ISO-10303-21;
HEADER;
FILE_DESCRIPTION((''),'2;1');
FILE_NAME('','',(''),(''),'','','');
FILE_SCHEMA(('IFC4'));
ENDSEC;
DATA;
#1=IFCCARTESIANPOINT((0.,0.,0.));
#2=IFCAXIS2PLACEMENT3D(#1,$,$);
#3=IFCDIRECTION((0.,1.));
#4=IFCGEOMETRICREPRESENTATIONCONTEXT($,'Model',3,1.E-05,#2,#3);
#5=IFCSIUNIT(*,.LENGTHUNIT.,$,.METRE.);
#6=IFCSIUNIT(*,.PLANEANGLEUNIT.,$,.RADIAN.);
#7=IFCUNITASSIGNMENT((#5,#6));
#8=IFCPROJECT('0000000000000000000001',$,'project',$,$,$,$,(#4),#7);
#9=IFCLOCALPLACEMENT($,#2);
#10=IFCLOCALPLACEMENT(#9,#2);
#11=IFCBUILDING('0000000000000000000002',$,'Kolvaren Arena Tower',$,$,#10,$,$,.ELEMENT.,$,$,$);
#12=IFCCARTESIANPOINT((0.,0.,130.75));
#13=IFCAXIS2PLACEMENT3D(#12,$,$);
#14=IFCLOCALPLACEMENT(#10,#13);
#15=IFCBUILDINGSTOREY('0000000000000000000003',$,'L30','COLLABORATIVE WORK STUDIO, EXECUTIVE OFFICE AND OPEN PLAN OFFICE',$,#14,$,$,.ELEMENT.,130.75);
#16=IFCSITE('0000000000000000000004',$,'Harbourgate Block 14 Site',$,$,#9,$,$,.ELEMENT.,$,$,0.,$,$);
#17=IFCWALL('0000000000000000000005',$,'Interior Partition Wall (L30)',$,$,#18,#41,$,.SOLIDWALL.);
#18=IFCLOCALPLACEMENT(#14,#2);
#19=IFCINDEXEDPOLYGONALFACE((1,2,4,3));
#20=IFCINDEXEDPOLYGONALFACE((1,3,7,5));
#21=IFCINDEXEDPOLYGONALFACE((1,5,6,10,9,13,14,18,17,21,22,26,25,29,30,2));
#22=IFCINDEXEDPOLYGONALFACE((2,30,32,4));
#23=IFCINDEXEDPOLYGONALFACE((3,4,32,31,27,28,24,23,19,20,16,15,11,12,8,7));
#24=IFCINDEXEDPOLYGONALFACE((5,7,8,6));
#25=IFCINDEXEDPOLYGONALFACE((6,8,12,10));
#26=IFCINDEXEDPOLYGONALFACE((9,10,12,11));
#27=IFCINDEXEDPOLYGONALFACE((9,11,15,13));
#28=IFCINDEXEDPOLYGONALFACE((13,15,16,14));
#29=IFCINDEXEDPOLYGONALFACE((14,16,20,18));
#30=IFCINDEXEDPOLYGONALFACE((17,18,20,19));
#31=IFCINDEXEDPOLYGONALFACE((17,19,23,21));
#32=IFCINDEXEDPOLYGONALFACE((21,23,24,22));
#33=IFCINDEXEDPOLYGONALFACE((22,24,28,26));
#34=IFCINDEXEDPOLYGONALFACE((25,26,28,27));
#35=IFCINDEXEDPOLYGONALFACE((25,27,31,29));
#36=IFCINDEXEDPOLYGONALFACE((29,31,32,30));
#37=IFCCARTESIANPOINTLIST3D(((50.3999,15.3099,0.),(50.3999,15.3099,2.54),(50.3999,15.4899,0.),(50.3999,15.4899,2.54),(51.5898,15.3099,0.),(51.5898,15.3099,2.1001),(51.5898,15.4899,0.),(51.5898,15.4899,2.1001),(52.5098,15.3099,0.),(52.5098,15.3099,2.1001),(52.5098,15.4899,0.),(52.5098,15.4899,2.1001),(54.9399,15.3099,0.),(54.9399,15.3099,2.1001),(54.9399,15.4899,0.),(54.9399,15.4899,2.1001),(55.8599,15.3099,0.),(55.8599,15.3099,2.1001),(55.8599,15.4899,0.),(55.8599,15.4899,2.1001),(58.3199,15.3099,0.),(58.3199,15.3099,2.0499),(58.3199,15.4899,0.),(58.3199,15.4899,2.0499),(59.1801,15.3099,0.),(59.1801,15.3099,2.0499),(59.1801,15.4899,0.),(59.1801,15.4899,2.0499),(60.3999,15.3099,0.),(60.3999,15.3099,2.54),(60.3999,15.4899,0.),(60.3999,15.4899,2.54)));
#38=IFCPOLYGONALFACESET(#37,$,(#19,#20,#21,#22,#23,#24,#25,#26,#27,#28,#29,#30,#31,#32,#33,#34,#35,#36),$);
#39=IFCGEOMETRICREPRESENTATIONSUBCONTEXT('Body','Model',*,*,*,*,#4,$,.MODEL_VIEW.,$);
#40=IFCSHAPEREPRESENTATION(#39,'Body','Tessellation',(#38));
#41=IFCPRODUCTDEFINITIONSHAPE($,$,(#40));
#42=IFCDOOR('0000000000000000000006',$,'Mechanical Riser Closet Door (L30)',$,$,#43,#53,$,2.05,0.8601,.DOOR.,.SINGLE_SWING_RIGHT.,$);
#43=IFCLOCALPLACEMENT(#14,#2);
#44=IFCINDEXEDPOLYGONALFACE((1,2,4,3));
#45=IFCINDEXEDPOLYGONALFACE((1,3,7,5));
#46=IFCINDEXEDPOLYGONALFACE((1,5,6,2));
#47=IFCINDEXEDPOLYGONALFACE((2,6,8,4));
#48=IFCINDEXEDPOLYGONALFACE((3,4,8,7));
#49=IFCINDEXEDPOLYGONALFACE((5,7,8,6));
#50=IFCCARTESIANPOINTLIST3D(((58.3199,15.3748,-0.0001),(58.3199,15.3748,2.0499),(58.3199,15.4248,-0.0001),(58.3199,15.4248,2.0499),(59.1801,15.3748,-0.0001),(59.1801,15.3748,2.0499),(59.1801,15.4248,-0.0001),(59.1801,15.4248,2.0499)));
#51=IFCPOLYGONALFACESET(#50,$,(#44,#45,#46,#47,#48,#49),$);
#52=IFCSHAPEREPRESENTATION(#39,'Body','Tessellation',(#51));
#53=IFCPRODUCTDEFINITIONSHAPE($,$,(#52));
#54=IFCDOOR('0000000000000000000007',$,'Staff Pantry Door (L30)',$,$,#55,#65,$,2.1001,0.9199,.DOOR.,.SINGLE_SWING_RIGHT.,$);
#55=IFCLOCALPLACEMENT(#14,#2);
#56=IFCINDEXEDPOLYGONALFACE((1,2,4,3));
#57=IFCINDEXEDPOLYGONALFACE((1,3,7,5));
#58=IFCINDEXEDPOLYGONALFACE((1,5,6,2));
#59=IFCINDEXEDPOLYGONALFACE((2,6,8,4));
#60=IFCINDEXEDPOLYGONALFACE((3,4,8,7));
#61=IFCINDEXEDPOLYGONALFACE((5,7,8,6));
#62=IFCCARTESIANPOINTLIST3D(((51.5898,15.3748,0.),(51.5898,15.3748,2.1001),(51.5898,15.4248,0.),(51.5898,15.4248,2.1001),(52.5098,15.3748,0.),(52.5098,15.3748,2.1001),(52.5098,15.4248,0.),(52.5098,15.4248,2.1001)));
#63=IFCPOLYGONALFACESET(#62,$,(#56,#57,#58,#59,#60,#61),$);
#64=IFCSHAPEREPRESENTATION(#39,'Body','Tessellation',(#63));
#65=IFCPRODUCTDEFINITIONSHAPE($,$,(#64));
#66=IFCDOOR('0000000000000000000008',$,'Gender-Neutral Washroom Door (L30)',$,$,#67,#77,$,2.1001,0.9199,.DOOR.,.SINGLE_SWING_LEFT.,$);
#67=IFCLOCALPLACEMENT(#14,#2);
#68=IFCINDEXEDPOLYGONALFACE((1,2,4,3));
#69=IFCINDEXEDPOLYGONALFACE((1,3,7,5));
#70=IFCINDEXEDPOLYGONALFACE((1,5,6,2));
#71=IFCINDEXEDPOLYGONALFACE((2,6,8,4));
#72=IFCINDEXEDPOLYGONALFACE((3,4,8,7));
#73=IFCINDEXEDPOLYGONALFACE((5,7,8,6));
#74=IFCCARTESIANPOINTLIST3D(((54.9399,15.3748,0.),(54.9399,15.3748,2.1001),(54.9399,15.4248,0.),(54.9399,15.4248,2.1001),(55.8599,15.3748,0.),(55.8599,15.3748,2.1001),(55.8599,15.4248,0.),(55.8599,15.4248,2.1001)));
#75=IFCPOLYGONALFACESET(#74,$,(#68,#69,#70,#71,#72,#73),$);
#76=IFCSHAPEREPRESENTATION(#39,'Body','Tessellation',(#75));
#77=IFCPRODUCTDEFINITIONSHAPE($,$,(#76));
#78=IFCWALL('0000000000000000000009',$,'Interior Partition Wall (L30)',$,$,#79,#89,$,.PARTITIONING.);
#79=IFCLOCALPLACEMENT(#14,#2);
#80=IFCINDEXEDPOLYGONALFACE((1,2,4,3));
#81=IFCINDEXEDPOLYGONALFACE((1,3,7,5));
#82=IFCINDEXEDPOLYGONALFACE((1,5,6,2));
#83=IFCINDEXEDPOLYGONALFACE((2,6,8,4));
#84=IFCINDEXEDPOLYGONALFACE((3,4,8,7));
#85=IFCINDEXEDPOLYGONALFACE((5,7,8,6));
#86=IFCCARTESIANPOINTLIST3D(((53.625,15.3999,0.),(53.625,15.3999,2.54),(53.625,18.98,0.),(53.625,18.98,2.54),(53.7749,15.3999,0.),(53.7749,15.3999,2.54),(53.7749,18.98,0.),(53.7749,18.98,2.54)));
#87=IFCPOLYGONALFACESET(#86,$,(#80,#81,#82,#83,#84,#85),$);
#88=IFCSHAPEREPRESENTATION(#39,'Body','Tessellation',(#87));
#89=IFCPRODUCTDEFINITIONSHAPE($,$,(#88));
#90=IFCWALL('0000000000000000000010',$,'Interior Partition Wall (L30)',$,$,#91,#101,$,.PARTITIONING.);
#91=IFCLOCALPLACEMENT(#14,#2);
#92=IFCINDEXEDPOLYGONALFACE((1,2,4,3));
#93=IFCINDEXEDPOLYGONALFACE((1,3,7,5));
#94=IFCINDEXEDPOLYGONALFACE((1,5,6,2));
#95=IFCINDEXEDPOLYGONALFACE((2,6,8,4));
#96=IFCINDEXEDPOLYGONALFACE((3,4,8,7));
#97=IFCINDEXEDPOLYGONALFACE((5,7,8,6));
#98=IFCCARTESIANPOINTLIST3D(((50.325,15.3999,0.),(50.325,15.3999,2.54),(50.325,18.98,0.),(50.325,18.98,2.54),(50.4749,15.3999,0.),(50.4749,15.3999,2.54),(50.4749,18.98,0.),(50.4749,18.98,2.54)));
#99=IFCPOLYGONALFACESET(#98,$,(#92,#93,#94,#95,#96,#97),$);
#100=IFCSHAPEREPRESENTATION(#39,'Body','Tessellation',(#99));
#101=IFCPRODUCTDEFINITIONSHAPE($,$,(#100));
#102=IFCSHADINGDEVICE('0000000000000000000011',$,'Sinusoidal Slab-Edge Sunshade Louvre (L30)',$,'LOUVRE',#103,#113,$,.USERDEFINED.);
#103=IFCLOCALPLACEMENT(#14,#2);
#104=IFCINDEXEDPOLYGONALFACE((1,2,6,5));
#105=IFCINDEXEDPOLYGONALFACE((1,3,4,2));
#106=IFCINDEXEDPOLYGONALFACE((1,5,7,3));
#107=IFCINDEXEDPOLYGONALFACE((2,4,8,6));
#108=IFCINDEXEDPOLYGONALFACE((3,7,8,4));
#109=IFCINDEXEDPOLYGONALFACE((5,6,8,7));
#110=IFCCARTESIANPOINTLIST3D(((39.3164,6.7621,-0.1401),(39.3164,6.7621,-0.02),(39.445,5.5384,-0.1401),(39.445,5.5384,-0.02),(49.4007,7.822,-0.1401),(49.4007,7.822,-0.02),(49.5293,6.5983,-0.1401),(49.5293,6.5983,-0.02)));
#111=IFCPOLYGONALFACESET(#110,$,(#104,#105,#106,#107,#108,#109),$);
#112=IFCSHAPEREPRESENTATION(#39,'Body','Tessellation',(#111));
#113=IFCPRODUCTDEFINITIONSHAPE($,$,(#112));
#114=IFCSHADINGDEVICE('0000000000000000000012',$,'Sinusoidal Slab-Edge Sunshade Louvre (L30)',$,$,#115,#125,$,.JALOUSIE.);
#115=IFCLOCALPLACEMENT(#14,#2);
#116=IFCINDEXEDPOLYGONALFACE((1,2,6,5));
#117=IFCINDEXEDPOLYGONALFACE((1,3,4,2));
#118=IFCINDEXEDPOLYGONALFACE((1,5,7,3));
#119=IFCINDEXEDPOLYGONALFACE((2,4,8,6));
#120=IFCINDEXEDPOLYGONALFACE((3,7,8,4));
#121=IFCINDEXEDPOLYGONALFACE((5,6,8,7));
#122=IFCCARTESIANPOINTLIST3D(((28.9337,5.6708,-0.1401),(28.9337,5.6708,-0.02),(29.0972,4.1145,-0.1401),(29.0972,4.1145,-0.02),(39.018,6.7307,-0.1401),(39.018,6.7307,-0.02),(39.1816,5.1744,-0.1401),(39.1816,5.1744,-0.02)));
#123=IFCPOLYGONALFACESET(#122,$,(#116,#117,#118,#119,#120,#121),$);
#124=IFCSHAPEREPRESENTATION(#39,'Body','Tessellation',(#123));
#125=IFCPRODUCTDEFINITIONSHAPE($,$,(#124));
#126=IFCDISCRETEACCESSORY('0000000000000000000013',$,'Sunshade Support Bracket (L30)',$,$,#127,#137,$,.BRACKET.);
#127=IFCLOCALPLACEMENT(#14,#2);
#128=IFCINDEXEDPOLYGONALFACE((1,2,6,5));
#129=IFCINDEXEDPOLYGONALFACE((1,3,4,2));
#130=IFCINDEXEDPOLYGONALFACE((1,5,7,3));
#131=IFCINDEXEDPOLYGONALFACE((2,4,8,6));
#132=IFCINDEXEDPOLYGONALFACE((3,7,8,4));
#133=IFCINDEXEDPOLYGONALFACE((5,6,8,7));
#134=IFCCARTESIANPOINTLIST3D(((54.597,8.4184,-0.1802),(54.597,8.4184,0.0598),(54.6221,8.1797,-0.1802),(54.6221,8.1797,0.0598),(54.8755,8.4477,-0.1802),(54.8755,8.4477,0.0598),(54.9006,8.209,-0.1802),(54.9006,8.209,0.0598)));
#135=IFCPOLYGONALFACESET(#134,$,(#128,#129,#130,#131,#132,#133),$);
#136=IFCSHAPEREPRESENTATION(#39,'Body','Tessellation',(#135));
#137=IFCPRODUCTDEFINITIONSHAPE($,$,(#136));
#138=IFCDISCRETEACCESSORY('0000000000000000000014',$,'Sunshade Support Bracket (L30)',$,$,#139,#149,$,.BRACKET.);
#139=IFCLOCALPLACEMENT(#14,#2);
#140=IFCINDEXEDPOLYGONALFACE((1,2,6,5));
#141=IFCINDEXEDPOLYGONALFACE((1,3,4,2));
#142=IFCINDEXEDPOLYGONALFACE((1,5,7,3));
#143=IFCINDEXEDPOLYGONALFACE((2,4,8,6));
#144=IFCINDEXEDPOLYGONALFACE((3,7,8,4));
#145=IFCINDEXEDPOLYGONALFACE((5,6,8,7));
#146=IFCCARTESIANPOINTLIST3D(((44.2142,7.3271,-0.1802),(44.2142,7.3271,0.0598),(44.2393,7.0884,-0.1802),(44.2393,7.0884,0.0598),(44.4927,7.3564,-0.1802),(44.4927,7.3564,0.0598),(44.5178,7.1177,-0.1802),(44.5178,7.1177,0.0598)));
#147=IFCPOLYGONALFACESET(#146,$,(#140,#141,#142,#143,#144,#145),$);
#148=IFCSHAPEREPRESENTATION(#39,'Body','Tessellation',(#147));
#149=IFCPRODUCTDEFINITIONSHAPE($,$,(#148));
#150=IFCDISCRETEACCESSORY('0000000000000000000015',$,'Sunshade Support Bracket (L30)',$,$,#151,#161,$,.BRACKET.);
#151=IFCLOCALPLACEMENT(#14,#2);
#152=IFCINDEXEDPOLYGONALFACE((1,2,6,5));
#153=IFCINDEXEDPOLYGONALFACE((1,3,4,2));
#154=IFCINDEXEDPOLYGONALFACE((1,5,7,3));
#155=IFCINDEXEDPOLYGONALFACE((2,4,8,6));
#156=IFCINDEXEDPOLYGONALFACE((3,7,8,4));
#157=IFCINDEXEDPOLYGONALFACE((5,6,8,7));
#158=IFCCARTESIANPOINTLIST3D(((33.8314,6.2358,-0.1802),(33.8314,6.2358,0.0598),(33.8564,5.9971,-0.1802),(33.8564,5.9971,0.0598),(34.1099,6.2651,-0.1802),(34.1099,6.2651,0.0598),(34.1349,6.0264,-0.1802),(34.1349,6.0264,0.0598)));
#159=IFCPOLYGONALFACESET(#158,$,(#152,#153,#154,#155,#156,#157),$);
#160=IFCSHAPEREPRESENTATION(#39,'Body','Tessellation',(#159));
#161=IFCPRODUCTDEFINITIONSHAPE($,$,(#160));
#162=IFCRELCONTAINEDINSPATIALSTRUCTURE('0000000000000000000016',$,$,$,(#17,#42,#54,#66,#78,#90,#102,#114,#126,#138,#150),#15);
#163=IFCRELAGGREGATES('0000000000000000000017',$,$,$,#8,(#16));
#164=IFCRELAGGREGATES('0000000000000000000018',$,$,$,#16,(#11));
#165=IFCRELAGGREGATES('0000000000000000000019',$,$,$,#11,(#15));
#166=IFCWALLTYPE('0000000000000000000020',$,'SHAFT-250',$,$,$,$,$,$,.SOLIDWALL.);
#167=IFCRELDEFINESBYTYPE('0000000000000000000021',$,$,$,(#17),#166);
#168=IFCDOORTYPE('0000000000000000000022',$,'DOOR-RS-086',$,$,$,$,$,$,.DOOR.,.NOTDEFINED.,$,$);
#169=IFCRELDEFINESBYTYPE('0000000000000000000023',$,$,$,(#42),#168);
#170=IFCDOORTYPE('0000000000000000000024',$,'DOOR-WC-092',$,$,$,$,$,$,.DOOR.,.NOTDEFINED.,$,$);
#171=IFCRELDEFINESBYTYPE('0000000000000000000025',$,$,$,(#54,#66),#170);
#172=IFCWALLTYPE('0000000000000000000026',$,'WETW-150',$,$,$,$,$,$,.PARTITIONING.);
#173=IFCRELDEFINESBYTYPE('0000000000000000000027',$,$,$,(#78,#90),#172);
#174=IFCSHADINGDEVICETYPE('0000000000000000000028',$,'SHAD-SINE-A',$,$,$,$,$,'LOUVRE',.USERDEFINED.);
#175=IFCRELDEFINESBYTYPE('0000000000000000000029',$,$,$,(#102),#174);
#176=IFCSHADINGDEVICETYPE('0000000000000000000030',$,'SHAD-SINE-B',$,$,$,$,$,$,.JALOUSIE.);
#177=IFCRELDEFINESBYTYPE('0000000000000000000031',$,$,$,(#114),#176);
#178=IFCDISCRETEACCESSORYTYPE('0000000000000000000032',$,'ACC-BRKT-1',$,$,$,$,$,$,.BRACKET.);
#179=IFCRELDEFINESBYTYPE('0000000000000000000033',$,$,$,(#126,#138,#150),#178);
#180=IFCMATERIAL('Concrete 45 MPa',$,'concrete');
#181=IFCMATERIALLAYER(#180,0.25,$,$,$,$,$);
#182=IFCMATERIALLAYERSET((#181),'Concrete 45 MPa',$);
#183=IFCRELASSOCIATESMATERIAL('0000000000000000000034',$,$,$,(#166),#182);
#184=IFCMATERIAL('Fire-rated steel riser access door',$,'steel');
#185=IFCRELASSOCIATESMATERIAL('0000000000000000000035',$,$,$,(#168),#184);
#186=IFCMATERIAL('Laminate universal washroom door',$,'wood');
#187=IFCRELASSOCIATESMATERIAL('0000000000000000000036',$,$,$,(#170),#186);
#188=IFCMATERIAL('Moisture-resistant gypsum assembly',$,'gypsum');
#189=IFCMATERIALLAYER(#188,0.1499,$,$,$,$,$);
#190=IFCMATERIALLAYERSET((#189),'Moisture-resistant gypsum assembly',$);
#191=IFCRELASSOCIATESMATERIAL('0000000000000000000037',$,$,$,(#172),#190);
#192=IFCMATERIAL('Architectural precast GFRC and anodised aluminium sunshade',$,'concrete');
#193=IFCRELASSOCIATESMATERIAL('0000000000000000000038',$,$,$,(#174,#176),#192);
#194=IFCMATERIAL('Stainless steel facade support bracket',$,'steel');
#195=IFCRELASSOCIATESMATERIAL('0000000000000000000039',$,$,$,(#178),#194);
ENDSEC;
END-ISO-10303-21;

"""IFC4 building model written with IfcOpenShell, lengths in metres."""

from ifc_helpers import new_model, si_unit, direction, frame, frame_2d, origin, origin_2d, place, context, subcontext, project, spatial, rectangle, extrude, material, layer, layer_set, type_object, element, fill, save


model = new_model("IFC4")

# Units and contexts
model_context = context("Model", 3, precision=1e-05, world=origin(), true_north=direction((0.0, 1.0)))
body_context = subcontext(model_context, "Body", "Model", "MODEL_VIEW")
ifc_project = project(units=[si_unit("LENGTHUNIT", "METRE"), si_unit("PLANEANGLEUNIT", "RADIAN")], contexts=[model_context])

# Site, building, storey
site_placement = place(None, origin())
site = spatial("IfcSite", under=ifc_project, at=site_placement, Name="Harbourgate Block 14 Site", CompositionType="ELEMENT", RefElevation=0.0)
building_placement = place(site_placement, origin())
building = spatial("IfcBuilding", under=site, at=building_placement, Name="Kolvaren Arena Tower", CompositionType="ELEMENT")
storey_placement = place(building_placement, frame((0.0, 0.0, 130.75)))
storey = spatial("IfcBuildingStorey", under=building, at=storey_placement, Name="L30", Description="COLLABORATIVE WORK STUDIO, EXECUTIVE OFFICE AND OPEN PLAN OFFICE", CompositionType="ELEMENT", Elevation=130.75)

# Shared definitions
ifc_material_1 = material(Name="Concrete 45 MPa", Category="concrete")
ifc_layer_1 = layer(ifc_material_1, 0.25)
ifc_layer_set_1 = layer_set([ifc_layer_1], Name="Concrete 45 MPa")
wall_type_1 = type_object("IfcWallType", Name="SHAFT-250", PredefinedType="SOLIDWALL", material=ifc_layer_set_1)

# Wall, openings, doors
wall_1_placement = place(storey_placement, frame((50.3999, 15.3999, 0.0), z_axis=(0.0, 0.0, 1.0), x_axis=(1.0, 0.0, 0.0)))
wall_1 = element("IfcWall", 1, at=wall_1_placement, inside=storey, type_object=wall_type_1, Name="Interior Partition Wall (L30)", PredefinedType="SOLIDWALL", context=body_context, shape_type="SweptSolid", body=[
    extrude(rectangle(XDim=10.0, YDim=0.1799, at=frame_2d((5.0, 0.0))), origin(), (0.0, 0.0, 1.0), 2.54),
])
opening_1_placement = place(wall_1_placement, frame((1.1899, 0.0, 0.0)))
opening_1 = element("IfcOpeningElement", 2, at=opening_1_placement, cuts=wall_1, PredefinedType="OPENING", context=body_context, shape_type="SweptSolid", body=[
    extrude(rectangle(XDim=0.9199, YDim=2.1001, at=frame_2d((0.46, 1.05))), frame((0.0, 0.0999, 0.0), z_axis=(0.0, -1.0, 0.0), x_axis=(1.0, 0.0, 0.0)), (0.0, 0.0, 1.0), 0.2),
])
opening_2_placement = place(wall_1_placement, frame((4.54, 0.0, 0.0)))
opening_2 = element("IfcOpeningElement", 3, at=opening_2_placement, cuts=wall_1, PredefinedType="OPENING", context=body_context, shape_type="SweptSolid", body=[
    extrude(rectangle(XDim=0.9199, YDim=2.1001, at=frame_2d((0.46, 1.05))), frame((0.0, 0.0999, 0.0), z_axis=(0.0, -1.0, 0.0), x_axis=(1.0, 0.0, 0.0)), (0.0, 0.0, 1.0), 0.2),
])
opening_3_placement = place(wall_1_placement, frame((7.9199, 0.0, 0.0)))
opening_3 = element("IfcOpeningElement", 4, at=opening_3_placement, cuts=wall_1, PredefinedType="OPENING", context=body_context, shape_type="SweptSolid", body=[
    extrude(rectangle(XDim=0.8601, YDim=2.05, at=frame_2d((0.4302, 1.0249))), frame((0.0, 0.0999, 0.0), z_axis=(0.0, -1.0, 0.0), x_axis=(1.0, 0.0, 0.0)), (0.0, 0.0, 1.0), 0.2),
])
ifc_material_2 = material(Name="Fire-rated steel riser access door", Category="steel")
door_type_1 = type_object("IfcDoorType", Name="DOOR-RS-086", OperationType="NOTDEFINED", PredefinedType="DOOR", material=ifc_material_2)
door_1_placement = place(opening_3_placement, origin())
door_1 = element("IfcDoor", 5, at=door_1_placement, inside=storey, type_object=door_type_1, Name="Mechanical Riser Closet Door (L30)", OperationType="SINGLE_SWING_RIGHT", OverallHeight=2.05, OverallWidth=0.8601, PredefinedType="DOOR", context=body_context, shape_type="SweptSolid", body=[
    extrude(rectangle(XDim=0.8601, YDim=2.05, at=frame_2d((0.4302, 1.0249))), frame((0.0, 0.0249, 0.0), z_axis=(0.0, -1.0, 0.0), x_axis=(1.0, 0.0, 0.0)), (0.0, 0.0, 1.0), 0.05),
])
fill(opening_3, door_1)
ifc_material_3 = material(Name="Laminate universal washroom door", Category="wood")
door_type_2 = type_object("IfcDoorType", Name="DOOR-WC-092", OperationType="NOTDEFINED", PredefinedType="DOOR", material=ifc_material_3)
door_2_placement = place(opening_1_placement, origin())
door_2 = element("IfcDoor", 6, at=door_2_placement, inside=storey, type_object=door_type_2, Name="Staff Pantry Door (L30)", OperationType="SINGLE_SWING_RIGHT", OverallHeight=2.1001, OverallWidth=0.9199, PredefinedType="DOOR", context=body_context, shape_type="SweptSolid", body=[
    extrude(rectangle(XDim=0.9199, YDim=2.1001, at=frame_2d((0.46, 1.05))), frame((0.0, 0.0249, 0.0), z_axis=(0.0, -1.0, 0.0), x_axis=(1.0, 0.0, 0.0)), (0.0, 0.0, 1.0), 0.05),
])
fill(opening_1, door_2)
door_3_placement = place(opening_2_placement, origin())
door_3 = element("IfcDoor", 7, at=door_3_placement, inside=storey, type_object=door_type_2, Name="Gender-Neutral Washroom Door (L30)", OperationType="SINGLE_SWING_LEFT", OverallHeight=2.1001, OverallWidth=0.9199, PredefinedType="DOOR", context=body_context, shape_type="SweptSolid", body=[
    extrude(rectangle(XDim=0.9199, YDim=2.1001, at=frame_2d((0.46, 1.05))), frame((0.0, 0.0249, 0.0), z_axis=(0.0, -1.0, 0.0), x_axis=(1.0, 0.0, 0.0)), (0.0, 0.0, 1.0), 0.05),
])
fill(opening_2, door_3)

# Walls
ifc_material_4 = material(Name="Moisture-resistant gypsum assembly", Category="gypsum")
ifc_layer_2 = layer(ifc_material_4, 0.1499)
ifc_layer_set_2 = layer_set([ifc_layer_2], Name="Moisture-resistant gypsum assembly")
wall_type_2 = type_object("IfcWallType", Name="WETW-150", PredefinedType="PARTITIONING", material=ifc_layer_set_2)
for number, where, z_axis, x_axis, name in (
    (8, (53.7, 15.3999, 0.0), (0.0, 0.0, 1.0), (0.0, 1.0, 0.0), "Interior Partition Wall (L30)"),
    (9, (50.3999, 15.3999, 0.0), (0.0, 0.0, 1.0), (0.0, 1.0, 0.0), "Interior Partition Wall (L30)"),
):
    element("IfcWall", number, at=place(storey_placement, frame(where, z_axis=z_axis, x_axis=x_axis)), inside=storey, type_object=wall_type_2, Name=name, PredefinedType="PARTITIONING", context=body_context, shape_type="SweptSolid", body=[
        extrude(rectangle(XDim=3.5801, YDim=0.1499, at=frame_2d((1.79, 0.0))), origin(), (0.0, 0.0, 1.0), 2.54),
    ])

# Shading devices
ifc_material_5 = material(Name="Architectural precast GFRC and anodised aluminium sunshade", Category="concrete")
shading_device_type_1 = type_object("IfcShadingDeviceType", Name="SHAD-SINE-A", ElementType="LOUVRE", PredefinedType="USERDEFINED", material=ifc_material_5)
shading_device_1_placement = place(storey_placement, frame((44.4229, 6.6802, -0.1401), z_axis=(0.0, 0.0, 1.0), x_axis=(-0.994522, -0.104527, 0.0)))
element("IfcShadingDevice", 10, at=shading_device_1_placement, inside=storey, type_object=shading_device_type_1, Name="Sinusoidal Slab-Edge Sunshade Louvre (L30)", ObjectType="LOUVRE", PredefinedType="USERDEFINED", context=body_context, shape_type="SweptSolid", body=[
    extrude(rectangle(XDim=10.1399, YDim=1.2305, at=origin_2d()), origin(), (0.0, 0.0, 1.0), 0.1201),
])
shading_device_type_2 = type_object("IfcShadingDeviceType", Name="SHAD-SINE-B", PredefinedType="JALOUSIE", material=ifc_material_5)
shading_device_2_placement = place(storey_placement, frame((34.0576, 5.4226, -0.1401), z_axis=(0.0, 0.0, 1.0), x_axis=(-0.994522, -0.104527, 0.0)))
element("IfcShadingDevice", 11, at=shading_device_2_placement, inside=storey, type_object=shading_device_type_2, Name="Sinusoidal Slab-Edge Sunshade Louvre (L30)", PredefinedType="JALOUSIE", context=body_context, shape_type="SweptSolid", body=[
    extrude(rectangle(XDim=10.1399, YDim=1.5649, at=origin_2d()), origin(), (0.0, 0.0, 1.0), 0.1201),
])

# Discrete accessories
ifc_material_6 = material(Name="Stainless steel facade support bracket", Category="steel")
discrete_accessory_type = type_object("IfcDiscreteAccessoryType", Name="ACC-BRKT-1", PredefinedType="BRACKET", material=ifc_material_6)
for number, where, z_axis, x_axis, name in (
    (12, (54.7488, 8.3137, -0.1802), (0.0, 0.0, 1.0), (-0.994522, -0.104527, 0.0), "Sunshade Support Bracket (L30)"),
    (13, (44.366, 7.2224, -0.1802), (0.0, 0.0, 1.0), (-0.994522, -0.104527, 0.0), "Sunshade Support Bracket (L30)"),
    (14, (33.9832, 6.1311, -0.1802), (0.0, 0.0, 1.0), (-0.994522, -0.104527, 0.0), "Sunshade Support Bracket (L30)"),
):
    element("IfcDiscreteAccessory", number, at=place(storey_placement, frame(where, z_axis=z_axis, x_axis=x_axis)), inside=storey, type_object=discrete_accessory_type, Name=name, PredefinedType="BRACKET", context=body_context, shape_type="SweptSolid", body=[
        extrude(rectangle(XDim=0.28, YDim=0.24, at=origin_2d()), origin(), (0.0, 0.0, 1.0), 0.24),
    ])

save(model, "model.ifc")
